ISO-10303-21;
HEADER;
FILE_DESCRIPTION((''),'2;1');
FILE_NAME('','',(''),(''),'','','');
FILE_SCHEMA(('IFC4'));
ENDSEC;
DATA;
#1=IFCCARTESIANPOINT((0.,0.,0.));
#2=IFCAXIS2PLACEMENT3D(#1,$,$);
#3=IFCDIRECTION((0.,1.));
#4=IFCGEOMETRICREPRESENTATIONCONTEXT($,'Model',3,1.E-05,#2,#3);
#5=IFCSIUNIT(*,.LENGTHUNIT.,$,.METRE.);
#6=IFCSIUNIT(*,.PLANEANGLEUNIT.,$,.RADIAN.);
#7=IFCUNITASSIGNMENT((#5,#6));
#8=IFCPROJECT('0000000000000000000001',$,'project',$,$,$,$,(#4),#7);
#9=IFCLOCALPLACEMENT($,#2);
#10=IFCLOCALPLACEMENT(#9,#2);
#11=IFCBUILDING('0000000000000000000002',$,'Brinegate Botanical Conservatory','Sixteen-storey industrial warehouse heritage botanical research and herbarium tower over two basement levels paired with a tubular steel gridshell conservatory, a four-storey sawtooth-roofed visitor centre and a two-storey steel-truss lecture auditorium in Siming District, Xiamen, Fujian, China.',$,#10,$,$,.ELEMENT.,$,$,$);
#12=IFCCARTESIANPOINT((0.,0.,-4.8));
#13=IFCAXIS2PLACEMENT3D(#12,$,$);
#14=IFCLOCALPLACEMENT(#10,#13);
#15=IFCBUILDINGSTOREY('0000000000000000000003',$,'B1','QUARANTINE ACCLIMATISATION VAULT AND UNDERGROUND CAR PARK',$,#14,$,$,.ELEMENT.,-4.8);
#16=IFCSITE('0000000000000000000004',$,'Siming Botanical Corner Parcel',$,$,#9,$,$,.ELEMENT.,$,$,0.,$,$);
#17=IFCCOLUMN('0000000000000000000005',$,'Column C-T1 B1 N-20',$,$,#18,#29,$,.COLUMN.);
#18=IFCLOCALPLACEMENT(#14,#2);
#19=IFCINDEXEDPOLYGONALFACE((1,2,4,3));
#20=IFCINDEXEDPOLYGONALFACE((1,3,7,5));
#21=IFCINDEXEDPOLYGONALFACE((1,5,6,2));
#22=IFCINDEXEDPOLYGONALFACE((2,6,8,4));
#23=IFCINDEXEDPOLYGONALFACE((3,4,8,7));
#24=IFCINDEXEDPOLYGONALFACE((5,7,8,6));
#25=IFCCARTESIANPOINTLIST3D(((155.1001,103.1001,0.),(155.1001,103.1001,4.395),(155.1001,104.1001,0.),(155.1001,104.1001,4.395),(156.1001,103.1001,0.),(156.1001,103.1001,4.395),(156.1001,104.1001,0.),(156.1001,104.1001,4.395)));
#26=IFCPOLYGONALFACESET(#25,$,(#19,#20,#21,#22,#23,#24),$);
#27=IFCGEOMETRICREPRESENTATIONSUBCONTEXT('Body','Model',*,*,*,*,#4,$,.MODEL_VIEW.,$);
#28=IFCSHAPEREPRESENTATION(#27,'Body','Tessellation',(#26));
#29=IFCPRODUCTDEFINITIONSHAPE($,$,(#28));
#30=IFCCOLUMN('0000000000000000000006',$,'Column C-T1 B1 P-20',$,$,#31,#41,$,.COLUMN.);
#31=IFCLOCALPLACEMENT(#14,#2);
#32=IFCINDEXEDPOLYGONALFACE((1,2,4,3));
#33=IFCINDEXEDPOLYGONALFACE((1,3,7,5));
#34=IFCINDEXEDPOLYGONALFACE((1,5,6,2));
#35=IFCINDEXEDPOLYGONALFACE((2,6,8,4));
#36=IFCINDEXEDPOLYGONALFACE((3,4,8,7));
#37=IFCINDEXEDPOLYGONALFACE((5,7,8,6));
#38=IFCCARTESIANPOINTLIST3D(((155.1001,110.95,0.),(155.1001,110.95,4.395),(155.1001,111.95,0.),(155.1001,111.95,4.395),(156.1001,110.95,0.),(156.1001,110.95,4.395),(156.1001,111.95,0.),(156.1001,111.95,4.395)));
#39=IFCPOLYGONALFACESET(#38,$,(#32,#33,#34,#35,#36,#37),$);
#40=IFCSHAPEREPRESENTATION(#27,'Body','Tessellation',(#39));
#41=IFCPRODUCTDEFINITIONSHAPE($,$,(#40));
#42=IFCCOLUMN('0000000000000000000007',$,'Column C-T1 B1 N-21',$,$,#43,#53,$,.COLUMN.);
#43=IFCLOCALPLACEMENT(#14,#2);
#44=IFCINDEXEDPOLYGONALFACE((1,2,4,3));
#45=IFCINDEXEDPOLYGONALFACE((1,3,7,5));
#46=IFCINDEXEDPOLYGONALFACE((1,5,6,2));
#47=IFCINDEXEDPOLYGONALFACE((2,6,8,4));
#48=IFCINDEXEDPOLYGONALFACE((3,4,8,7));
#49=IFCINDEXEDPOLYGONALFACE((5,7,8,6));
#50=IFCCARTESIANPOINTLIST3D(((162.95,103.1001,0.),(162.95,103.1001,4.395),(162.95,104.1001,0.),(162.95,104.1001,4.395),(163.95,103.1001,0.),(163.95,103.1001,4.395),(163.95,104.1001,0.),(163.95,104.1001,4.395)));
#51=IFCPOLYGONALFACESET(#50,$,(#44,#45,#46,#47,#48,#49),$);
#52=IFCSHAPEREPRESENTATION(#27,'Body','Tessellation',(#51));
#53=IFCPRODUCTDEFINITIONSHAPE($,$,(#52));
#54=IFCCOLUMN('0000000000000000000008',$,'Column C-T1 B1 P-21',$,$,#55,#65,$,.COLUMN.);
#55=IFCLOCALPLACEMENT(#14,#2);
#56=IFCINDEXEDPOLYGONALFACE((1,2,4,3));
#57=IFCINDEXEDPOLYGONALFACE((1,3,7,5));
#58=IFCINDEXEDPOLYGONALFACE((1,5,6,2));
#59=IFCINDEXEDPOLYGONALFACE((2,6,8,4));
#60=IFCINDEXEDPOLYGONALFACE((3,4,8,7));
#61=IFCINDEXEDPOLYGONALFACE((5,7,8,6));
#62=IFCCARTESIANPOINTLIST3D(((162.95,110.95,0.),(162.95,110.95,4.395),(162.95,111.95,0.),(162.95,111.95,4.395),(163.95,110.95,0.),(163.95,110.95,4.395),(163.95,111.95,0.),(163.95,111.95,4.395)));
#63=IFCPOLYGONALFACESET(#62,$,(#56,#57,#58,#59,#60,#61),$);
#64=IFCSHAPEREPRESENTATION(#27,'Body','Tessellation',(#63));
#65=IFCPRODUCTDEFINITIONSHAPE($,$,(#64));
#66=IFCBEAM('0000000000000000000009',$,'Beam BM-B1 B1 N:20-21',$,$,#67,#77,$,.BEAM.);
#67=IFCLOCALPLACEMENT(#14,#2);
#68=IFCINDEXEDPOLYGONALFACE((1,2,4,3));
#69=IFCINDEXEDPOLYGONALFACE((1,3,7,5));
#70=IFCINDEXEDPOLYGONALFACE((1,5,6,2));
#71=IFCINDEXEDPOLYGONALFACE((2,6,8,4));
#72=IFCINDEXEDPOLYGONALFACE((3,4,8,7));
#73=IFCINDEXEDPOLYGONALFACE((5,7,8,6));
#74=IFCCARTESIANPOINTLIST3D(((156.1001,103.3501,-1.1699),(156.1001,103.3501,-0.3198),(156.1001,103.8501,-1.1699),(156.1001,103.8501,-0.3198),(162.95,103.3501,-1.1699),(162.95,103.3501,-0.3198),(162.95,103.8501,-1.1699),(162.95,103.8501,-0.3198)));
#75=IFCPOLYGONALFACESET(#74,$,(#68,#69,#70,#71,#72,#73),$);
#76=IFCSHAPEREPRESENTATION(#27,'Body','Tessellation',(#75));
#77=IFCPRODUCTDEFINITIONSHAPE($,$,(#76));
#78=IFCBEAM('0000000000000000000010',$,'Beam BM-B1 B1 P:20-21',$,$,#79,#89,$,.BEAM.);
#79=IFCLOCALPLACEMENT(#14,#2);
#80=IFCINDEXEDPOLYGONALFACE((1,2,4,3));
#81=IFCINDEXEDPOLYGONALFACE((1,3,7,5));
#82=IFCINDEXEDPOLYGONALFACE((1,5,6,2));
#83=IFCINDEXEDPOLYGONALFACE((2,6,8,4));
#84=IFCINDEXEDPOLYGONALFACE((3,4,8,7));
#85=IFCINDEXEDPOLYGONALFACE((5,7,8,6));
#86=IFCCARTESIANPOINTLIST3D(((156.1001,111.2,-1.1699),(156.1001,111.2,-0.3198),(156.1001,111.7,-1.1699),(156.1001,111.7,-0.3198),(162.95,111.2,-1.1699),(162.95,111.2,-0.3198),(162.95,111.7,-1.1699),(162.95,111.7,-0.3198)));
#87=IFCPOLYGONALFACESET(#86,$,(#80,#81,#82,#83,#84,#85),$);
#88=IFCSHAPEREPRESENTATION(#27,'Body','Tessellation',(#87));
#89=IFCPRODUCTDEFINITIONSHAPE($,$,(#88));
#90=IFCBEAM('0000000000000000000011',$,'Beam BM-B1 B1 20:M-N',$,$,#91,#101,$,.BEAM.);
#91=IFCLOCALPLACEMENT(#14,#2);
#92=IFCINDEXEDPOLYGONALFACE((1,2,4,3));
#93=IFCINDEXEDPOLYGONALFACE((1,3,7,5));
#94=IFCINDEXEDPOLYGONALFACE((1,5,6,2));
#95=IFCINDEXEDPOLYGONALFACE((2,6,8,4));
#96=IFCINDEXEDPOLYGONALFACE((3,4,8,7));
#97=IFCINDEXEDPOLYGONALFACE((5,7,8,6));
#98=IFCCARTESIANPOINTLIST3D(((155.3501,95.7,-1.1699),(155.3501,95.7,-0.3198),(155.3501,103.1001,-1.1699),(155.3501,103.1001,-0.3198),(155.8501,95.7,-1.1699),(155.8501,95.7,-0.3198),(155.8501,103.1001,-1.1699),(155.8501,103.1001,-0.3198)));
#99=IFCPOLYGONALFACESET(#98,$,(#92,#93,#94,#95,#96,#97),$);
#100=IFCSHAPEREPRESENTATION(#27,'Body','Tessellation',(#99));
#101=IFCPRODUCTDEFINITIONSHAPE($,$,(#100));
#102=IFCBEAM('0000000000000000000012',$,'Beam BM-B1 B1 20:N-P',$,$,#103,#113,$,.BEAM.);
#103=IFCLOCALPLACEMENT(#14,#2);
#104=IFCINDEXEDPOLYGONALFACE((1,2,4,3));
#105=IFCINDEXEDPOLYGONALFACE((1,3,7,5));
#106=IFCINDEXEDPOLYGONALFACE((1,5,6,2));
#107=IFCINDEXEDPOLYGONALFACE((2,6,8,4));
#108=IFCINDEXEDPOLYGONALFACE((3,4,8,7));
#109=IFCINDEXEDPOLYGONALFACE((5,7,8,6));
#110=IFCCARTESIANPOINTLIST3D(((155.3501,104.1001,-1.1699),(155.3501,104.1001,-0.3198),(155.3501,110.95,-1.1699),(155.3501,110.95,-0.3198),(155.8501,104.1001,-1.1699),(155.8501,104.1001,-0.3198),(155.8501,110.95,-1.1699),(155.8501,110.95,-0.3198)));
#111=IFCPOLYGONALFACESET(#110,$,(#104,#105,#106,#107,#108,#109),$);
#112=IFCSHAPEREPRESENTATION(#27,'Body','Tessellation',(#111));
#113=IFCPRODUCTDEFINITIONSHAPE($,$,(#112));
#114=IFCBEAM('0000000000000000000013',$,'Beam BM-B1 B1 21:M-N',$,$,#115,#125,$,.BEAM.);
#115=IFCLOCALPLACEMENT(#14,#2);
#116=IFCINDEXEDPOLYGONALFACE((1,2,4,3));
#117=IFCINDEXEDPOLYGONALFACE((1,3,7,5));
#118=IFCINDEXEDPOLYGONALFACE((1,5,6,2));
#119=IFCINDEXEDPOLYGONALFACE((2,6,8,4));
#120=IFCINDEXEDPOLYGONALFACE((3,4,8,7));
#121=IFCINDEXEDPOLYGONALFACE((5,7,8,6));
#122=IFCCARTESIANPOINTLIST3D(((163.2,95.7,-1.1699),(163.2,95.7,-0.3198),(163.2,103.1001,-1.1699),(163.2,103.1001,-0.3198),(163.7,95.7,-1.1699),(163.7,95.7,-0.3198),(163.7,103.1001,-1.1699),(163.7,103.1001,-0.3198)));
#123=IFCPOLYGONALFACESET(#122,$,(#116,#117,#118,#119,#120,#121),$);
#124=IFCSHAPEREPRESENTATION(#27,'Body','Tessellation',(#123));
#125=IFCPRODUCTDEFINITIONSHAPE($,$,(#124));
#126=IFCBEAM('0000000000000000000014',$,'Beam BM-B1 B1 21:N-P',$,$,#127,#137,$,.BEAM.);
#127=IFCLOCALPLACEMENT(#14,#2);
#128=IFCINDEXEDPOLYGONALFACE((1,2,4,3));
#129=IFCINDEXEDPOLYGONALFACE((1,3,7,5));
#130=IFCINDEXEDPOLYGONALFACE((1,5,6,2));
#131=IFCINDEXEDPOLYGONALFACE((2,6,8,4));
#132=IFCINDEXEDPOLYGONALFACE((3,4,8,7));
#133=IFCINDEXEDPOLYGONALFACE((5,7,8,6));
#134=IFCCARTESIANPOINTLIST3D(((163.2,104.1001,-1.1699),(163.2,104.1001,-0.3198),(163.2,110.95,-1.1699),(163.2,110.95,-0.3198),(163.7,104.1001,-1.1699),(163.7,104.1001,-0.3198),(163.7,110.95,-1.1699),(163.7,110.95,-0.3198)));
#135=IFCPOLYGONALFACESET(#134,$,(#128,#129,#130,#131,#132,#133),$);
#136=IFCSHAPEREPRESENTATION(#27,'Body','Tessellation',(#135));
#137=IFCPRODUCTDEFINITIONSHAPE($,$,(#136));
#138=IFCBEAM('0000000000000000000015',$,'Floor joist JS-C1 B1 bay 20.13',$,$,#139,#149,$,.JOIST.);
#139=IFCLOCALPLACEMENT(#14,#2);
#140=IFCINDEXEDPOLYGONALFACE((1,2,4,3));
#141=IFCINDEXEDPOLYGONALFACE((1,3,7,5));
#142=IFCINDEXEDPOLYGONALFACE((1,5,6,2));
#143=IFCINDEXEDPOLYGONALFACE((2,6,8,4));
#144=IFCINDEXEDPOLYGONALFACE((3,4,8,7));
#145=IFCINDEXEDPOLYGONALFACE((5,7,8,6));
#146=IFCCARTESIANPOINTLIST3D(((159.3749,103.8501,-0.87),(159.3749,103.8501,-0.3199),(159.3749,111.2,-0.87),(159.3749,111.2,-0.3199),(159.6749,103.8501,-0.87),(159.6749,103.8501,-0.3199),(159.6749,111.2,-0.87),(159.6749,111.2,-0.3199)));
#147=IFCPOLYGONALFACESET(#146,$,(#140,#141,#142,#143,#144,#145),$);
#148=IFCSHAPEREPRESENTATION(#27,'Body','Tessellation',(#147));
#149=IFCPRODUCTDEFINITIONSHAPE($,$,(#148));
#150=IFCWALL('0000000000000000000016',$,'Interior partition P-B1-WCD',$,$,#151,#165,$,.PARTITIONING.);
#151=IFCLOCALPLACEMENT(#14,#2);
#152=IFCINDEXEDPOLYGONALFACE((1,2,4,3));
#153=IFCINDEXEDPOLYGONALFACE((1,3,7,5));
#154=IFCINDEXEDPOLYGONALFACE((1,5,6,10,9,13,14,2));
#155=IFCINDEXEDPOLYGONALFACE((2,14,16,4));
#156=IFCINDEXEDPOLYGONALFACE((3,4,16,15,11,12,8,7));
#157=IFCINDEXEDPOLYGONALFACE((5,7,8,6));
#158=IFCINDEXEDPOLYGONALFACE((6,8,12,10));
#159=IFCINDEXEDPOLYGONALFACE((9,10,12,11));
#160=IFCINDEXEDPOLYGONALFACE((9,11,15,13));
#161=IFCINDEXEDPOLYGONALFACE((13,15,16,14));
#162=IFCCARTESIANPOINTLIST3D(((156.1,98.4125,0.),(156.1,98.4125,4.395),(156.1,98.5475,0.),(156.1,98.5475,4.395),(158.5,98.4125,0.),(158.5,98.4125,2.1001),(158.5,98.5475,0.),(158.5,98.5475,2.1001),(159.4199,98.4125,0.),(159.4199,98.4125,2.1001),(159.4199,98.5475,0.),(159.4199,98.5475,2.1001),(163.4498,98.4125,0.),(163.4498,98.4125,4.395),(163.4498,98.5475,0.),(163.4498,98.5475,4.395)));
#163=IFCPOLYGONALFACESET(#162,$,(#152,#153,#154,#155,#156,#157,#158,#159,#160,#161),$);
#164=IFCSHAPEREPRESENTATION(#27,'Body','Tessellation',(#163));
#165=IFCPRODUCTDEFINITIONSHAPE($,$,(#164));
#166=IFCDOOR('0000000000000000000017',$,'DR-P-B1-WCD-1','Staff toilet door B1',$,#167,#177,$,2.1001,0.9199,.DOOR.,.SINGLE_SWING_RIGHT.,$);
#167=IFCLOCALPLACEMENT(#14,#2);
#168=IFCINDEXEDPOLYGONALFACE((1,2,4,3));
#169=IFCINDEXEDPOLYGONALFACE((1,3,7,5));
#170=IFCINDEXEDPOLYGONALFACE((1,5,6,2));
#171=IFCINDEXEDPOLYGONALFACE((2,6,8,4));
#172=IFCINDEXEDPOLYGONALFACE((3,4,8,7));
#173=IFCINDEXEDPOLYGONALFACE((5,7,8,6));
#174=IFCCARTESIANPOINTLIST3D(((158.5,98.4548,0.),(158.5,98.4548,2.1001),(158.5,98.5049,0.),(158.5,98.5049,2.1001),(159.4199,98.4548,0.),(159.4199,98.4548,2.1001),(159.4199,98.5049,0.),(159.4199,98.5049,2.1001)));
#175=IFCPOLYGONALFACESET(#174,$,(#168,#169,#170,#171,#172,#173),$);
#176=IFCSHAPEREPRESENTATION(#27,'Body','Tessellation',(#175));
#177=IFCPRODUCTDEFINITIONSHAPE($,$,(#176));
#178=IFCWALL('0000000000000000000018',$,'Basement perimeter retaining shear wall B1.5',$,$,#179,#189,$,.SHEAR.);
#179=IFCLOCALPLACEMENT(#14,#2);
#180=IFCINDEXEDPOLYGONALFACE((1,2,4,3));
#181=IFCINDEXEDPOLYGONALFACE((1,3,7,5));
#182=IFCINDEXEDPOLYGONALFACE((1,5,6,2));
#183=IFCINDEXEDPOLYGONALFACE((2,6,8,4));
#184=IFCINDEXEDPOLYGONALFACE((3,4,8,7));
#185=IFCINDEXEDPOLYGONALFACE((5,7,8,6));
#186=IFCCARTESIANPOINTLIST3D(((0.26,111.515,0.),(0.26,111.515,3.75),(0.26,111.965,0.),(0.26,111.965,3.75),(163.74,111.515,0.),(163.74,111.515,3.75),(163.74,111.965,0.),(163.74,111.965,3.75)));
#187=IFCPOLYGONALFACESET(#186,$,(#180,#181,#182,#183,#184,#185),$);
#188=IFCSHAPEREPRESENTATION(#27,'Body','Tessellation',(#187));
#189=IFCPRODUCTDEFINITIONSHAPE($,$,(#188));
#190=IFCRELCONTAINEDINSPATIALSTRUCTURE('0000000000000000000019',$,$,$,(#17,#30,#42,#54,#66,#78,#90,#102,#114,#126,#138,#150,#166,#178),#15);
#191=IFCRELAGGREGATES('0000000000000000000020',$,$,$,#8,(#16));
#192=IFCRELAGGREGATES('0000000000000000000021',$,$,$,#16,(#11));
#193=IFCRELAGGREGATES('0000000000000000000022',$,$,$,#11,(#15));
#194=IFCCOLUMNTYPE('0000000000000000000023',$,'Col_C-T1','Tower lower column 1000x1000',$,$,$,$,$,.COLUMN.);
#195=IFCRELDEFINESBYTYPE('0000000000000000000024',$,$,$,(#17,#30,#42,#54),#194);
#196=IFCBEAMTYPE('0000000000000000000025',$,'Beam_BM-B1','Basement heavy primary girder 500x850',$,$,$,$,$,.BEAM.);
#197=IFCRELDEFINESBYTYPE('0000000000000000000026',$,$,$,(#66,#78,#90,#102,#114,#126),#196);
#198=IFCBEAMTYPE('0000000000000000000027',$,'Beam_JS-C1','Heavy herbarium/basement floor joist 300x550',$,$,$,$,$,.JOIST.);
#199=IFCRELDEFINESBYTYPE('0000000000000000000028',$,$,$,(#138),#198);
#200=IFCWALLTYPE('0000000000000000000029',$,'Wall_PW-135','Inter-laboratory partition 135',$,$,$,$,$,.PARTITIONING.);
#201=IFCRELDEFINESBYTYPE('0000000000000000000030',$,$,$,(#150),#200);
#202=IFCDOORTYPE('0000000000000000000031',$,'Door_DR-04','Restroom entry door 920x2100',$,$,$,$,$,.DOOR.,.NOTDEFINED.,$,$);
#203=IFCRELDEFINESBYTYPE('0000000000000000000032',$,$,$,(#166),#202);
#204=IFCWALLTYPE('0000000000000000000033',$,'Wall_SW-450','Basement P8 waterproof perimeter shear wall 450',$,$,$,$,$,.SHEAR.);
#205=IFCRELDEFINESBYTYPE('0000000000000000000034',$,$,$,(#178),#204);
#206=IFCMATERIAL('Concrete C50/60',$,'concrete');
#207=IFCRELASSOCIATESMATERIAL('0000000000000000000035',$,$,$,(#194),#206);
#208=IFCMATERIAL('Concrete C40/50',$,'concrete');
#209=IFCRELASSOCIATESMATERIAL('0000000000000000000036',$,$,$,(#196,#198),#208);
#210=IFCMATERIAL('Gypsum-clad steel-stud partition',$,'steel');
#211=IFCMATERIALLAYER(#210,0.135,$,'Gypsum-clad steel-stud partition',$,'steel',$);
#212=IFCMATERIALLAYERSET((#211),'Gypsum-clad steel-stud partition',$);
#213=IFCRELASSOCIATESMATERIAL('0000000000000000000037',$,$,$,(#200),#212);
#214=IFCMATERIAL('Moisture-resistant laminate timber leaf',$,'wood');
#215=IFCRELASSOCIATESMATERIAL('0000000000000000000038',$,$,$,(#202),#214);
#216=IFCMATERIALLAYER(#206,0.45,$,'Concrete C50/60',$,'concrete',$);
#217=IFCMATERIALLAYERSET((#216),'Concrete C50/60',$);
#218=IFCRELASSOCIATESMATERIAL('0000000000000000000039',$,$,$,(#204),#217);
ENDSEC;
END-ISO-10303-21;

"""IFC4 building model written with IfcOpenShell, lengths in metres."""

from ifc_helpers import new_model, si_unit, direction, frame, frame_2d, origin, origin_2d, place, context, subcontext, project, spatial, rectangle, extrude, material, layer, layer_set, material_profile, profile_set, type_object, element, fill, save


model = new_model("IFC4")

# Units and contexts
model_context = context("Model", 3, precision=1e-05, world=origin(), true_north=direction((0.0, 1.0)))
body_context = subcontext(model_context, "Body", "Model", "MODEL_VIEW")
ifc_project = project(units=[si_unit("LENGTHUNIT", "METRE"), si_unit("PLANEANGLEUNIT", "RADIAN")], contexts=[model_context])

# Site, building, storey
site_placement = place(None, origin())
site = spatial("IfcSite", under=ifc_project, at=site_placement, Name="Siming Botanical Corner Parcel", CompositionType="ELEMENT", RefElevation=0.0)
building_placement = place(site_placement, origin())
building = spatial("IfcBuilding", under=site, at=building_placement, Name="Brinegate Botanical Conservatory", Description="Sixteen-storey industrial warehouse heritage botanical research and herbarium tower over two basement levels paired with a tubular steel gridshell conservatory, a four-storey sawtooth-roofed visitor centre and a two-storey steel-truss lecture auditorium in Siming District, Xiamen, Fujian, China.", CompositionType="ELEMENT")
storey_placement = place(building_placement, frame((0.0, 0.0, -4.8)))
storey = spatial("IfcBuildingStorey", under=building, at=storey_placement, Name="B1", Description="QUARANTINE ACCLIMATISATION VAULT AND UNDERGROUND CAR PARK", CompositionType="ELEMENT", Elevation=-4.8)

# Columns
ifc_material_1 = material(Name="Concrete C50/60", Category="concrete")
ifc_material_profile_1 = material_profile(ifc_material_1, rectangle(XDim=1.0, YDim=1.0, at=origin_2d()), Name="RC COL 1000x1000")
ifc_profile_set_1 = profile_set([ifc_material_profile_1], Name="Concrete C50/60")
column_type = type_object("IfcColumnType", Name="Col_C-T1", Description="Tower lower column 1000x1000", PredefinedType="COLUMN", material=ifc_profile_set_1)
for number, where, z_axis, x_axis, name in (
    (1, (155.6001, 103.6001, 0.0), (0.0, 0.0, 1.0), (1.0, 0.0, 0.0), "Column C-T1 B1 N-20"),
    (2, (155.6001, 111.45, 0.0), (0.0, 0.0, 1.0), (1.0, 0.0, 0.0), "Column C-T1 B1 P-20"),
    (3, (163.45, 103.6001, 0.0), (0.0, 0.0, 1.0), (1.0, 0.0, 0.0), "Column C-T1 B1 N-21"),
    (4, (163.45, 111.45, 0.0), (0.0, 0.0, 1.0), (1.0, 0.0, 0.0), "Column C-T1 B1 P-21"),
):
    element("IfcColumn", number, at=place(storey_placement, frame(where, z_axis=z_axis, x_axis=x_axis)), inside=storey, type_object=column_type, Name=name, PredefinedType="COLUMN", context=body_context, shape_type="SweptSolid", body=[
        extrude(rectangle(XDim=1.0, YDim=1.0, at=origin_2d()), origin(), (0.0, 0.0, 1.0), 4.395),
    ])

# Beams
ifc_material_2 = material(Name="Concrete C40/50", Category="concrete")
ifc_material_profile_2 = material_profile(ifc_material_2, rectangle(XDim=0.5, YDim=0.8501, at=origin_2d()), Name="RC BM 500x850")
ifc_profile_set_2 = profile_set([ifc_material_profile_2], Name="Concrete C40/50")
beam_type_1 = type_object("IfcBeamType", Name="Beam_BM-B1", Description="Basement heavy primary girder 500x850", PredefinedType="BEAM", material=ifc_profile_set_2)
for number, where, z_axis, x_axis, name in (
    (5, (156.1001, 103.6001, -0.7449), (1.0, 0.0, 0.0), (0.0, 1.0, 0.0), "Beam BM-B1 B1 N:20-21"),
    (6, (156.1001, 111.45, -0.7449), (1.0, 0.0, 0.0), (0.0, 1.0, 0.0), "Beam BM-B1 B1 P:20-21"),
):
    element("IfcBeam", number, at=place(storey_placement, frame(where, z_axis=z_axis, x_axis=x_axis)), inside=storey, type_object=beam_type_1, Name=name, PredefinedType="BEAM", context=body_context, shape_type="SweptSolid", body=[
        extrude(rectangle(XDim=0.5, YDim=0.8501, at=origin_2d()), origin(), (0.0, 0.0, 1.0), 6.8499),
    ])
beam_1_placement = place(storey_placement, frame((155.6001, 95.7, -0.7449), z_axis=(0.0, 1.0, 0.0), x_axis=(-1.0, 0.0, 0.0)))
element("IfcBeam", 7, at=beam_1_placement, inside=storey, type_object=beam_type_1, Name="Beam BM-B1 B1 20:M-N", PredefinedType="BEAM", context=body_context, shape_type="SweptSolid", body=[
    extrude(rectangle(XDim=0.5, YDim=0.8501, at=origin_2d()), origin(), (0.0, 0.0, 1.0), 7.4001),
])
beam_2_placement = place(storey_placement, frame((155.6001, 104.1001, -0.7449), z_axis=(0.0, 1.0, 0.0), x_axis=(-1.0, 0.0, 0.0)))
element("IfcBeam", 8, at=beam_2_placement, inside=storey, type_object=beam_type_1, Name="Beam BM-B1 B1 20:N-P", PredefinedType="BEAM", context=body_context, shape_type="SweptSolid", body=[
    extrude(rectangle(XDim=0.5, YDim=0.8501, at=origin_2d()), origin(), (0.0, 0.0, 1.0), 6.8499),
])
beam_3_placement = place(storey_placement, frame((163.45, 95.7, -0.7449), z_axis=(0.0, 1.0, 0.0), x_axis=(-1.0, 0.0, 0.0)))
element("IfcBeam", 9, at=beam_3_placement, inside=storey, type_object=beam_type_1, Name="Beam BM-B1 B1 21:M-N", PredefinedType="BEAM", context=body_context, shape_type="SweptSolid", body=[
    extrude(rectangle(XDim=0.5, YDim=0.8501, at=origin_2d()), origin(), (0.0, 0.0, 1.0), 7.4001),
])
beam_4_placement = place(storey_placement, frame((163.45, 104.1001, -0.7449), z_axis=(0.0, 1.0, 0.0), x_axis=(-1.0, 0.0, 0.0)))
element("IfcBeam", 10, at=beam_4_placement, inside=storey, type_object=beam_type_1, Name="Beam BM-B1 B1 21:N-P", PredefinedType="BEAM", context=body_context, shape_type="SweptSolid", body=[
    extrude(rectangle(XDim=0.5, YDim=0.8501, at=origin_2d()), origin(), (0.0, 0.0, 1.0), 6.8499),
])
ifc_material_profile_3 = material_profile(ifc_material_2, rectangle(XDim=0.3, YDim=0.55, at=origin_2d()), Name="RC JST 300x550")
ifc_profile_set_3 = profile_set([ifc_material_profile_3], Name="Concrete C40/50")
beam_type_2 = type_object("IfcBeamType", Name="Beam_JS-C1", Description="Heavy herbarium/basement floor joist 300x550", PredefinedType="JOIST", material=ifc_profile_set_3)
beam_5_placement = place(storey_placement, frame((159.5249, 103.8501, -0.595), z_axis=(0.0, 1.0, 0.0), x_axis=(-1.0, 0.0, 0.0)))
element("IfcBeam", 11, at=beam_5_placement, inside=storey, type_object=beam_type_2, Name="Floor joist JS-C1 B1 bay 20.13", PredefinedType="JOIST", context=body_context, shape_type="SweptSolid", body=[
    extrude(rectangle(XDim=0.3, YDim=0.55, at=origin_2d()), origin(), (0.0, 0.0, 1.0), 7.3499),
])

# Wall, opening, door
ifc_material_3 = material(Name="Gypsum-clad steel-stud partition", Category="steel")
ifc_layer_1 = layer(ifc_material_3, 0.135, Name="Gypsum-clad steel-stud partition", Category="steel")
ifc_layer_set_1 = layer_set([ifc_layer_1], Name="Gypsum-clad steel-stud partition")
wall_type_1 = type_object("IfcWallType", Name="Wall_PW-135", Description="Inter-laboratory partition 135", PredefinedType="PARTITIONING", material=ifc_layer_set_1)
wall_1_placement = place(storey_placement, frame((156.1001, 98.48, 0.0), z_axis=(0.0, 0.0, 1.0), x_axis=(1.0, 0.0, 0.0)))
wall_1 = element("IfcWall", 12, at=wall_1_placement, inside=storey, type_object=wall_type_1, Name="Interior partition P-B1-WCD", PredefinedType="PARTITIONING", context=body_context, shape_type="SweptSolid", body=[
    extrude(rectangle(XDim=7.3499, YDim=0.135, at=frame_2d((3.6748, 0.0))), origin(), (0.0, 0.0, 1.0), 4.395),
])
opening_placement = place(wall_1_placement, frame((2.3999, 0.0, 0.0)))
opening = element("IfcOpeningElement", 13, at=opening_placement, cuts=wall_1, PredefinedType="OPENING", context=body_context, shape_type="SweptSolid", body=[
    extrude(rectangle(XDim=0.9199, YDim=2.1001, at=frame_2d((0.46, 1.05))), frame((0.0, 0.0774, 0.0), z_axis=(0.0, -1.0, 0.0), x_axis=(1.0, 0.0, 0.0)), (0.0, 0.0, 1.0), 0.155),
])
ifc_material_4 = material(Name="Moisture-resistant laminate timber leaf", Category="wood")
door_type = type_object("IfcDoorType", Name="Door_DR-04", Description="Restroom entry door 920x2100", OperationType="NOTDEFINED", PredefinedType="DOOR", material=ifc_material_4)
door_placement = place(opening_placement, origin())
door = element("IfcDoor", 14, at=door_placement, inside=storey, type_object=door_type, Name="DR-P-B1-WCD-1", Description="Staff toilet door B1", OperationType="SINGLE_SWING_RIGHT", OverallHeight=2.1001, OverallWidth=0.9199, PredefinedType="DOOR", context=body_context, shape_type="SweptSolid", body=[
    extrude(rectangle(XDim=0.9199, YDim=2.1001, at=frame_2d((0.46, 1.05))), frame((0.0, 0.0249, 0.0), z_axis=(0.0, -1.0, 0.0), x_axis=(1.0, 0.0, 0.0)), (0.0, 0.0, 1.0), 0.05),
])
fill(opening, door)

# Wall
ifc_layer_2 = layer(ifc_material_1, 0.45, Name="Concrete C50/60", Category="concrete")
ifc_layer_set_2 = layer_set([ifc_layer_2], Name="Concrete C50/60")
wall_type_2 = type_object("IfcWallType", Name="Wall_SW-450", Description="Basement P8 waterproof perimeter shear wall 450", PredefinedType="SHEAR", material=ifc_layer_set_2)
wall_2_placement = place(storey_placement, frame((163.74, 111.74, 0.0), z_axis=(0.0, 0.0, 1.0), x_axis=(-1.0, 0.0, 0.0)))
element("IfcWall", 15, at=wall_2_placement, inside=storey, type_object=wall_type_2, Name="Basement perimeter retaining shear wall B1.5", PredefinedType="SHEAR", context=body_context, shape_type="SweptSolid", body=[
    extrude(rectangle(XDim=163.48, YDim=0.45, at=frame_2d((81.74, 0.0))), origin(), (0.0, 0.0, 1.0), 3.75),
])

save(model, "model.ifc")
